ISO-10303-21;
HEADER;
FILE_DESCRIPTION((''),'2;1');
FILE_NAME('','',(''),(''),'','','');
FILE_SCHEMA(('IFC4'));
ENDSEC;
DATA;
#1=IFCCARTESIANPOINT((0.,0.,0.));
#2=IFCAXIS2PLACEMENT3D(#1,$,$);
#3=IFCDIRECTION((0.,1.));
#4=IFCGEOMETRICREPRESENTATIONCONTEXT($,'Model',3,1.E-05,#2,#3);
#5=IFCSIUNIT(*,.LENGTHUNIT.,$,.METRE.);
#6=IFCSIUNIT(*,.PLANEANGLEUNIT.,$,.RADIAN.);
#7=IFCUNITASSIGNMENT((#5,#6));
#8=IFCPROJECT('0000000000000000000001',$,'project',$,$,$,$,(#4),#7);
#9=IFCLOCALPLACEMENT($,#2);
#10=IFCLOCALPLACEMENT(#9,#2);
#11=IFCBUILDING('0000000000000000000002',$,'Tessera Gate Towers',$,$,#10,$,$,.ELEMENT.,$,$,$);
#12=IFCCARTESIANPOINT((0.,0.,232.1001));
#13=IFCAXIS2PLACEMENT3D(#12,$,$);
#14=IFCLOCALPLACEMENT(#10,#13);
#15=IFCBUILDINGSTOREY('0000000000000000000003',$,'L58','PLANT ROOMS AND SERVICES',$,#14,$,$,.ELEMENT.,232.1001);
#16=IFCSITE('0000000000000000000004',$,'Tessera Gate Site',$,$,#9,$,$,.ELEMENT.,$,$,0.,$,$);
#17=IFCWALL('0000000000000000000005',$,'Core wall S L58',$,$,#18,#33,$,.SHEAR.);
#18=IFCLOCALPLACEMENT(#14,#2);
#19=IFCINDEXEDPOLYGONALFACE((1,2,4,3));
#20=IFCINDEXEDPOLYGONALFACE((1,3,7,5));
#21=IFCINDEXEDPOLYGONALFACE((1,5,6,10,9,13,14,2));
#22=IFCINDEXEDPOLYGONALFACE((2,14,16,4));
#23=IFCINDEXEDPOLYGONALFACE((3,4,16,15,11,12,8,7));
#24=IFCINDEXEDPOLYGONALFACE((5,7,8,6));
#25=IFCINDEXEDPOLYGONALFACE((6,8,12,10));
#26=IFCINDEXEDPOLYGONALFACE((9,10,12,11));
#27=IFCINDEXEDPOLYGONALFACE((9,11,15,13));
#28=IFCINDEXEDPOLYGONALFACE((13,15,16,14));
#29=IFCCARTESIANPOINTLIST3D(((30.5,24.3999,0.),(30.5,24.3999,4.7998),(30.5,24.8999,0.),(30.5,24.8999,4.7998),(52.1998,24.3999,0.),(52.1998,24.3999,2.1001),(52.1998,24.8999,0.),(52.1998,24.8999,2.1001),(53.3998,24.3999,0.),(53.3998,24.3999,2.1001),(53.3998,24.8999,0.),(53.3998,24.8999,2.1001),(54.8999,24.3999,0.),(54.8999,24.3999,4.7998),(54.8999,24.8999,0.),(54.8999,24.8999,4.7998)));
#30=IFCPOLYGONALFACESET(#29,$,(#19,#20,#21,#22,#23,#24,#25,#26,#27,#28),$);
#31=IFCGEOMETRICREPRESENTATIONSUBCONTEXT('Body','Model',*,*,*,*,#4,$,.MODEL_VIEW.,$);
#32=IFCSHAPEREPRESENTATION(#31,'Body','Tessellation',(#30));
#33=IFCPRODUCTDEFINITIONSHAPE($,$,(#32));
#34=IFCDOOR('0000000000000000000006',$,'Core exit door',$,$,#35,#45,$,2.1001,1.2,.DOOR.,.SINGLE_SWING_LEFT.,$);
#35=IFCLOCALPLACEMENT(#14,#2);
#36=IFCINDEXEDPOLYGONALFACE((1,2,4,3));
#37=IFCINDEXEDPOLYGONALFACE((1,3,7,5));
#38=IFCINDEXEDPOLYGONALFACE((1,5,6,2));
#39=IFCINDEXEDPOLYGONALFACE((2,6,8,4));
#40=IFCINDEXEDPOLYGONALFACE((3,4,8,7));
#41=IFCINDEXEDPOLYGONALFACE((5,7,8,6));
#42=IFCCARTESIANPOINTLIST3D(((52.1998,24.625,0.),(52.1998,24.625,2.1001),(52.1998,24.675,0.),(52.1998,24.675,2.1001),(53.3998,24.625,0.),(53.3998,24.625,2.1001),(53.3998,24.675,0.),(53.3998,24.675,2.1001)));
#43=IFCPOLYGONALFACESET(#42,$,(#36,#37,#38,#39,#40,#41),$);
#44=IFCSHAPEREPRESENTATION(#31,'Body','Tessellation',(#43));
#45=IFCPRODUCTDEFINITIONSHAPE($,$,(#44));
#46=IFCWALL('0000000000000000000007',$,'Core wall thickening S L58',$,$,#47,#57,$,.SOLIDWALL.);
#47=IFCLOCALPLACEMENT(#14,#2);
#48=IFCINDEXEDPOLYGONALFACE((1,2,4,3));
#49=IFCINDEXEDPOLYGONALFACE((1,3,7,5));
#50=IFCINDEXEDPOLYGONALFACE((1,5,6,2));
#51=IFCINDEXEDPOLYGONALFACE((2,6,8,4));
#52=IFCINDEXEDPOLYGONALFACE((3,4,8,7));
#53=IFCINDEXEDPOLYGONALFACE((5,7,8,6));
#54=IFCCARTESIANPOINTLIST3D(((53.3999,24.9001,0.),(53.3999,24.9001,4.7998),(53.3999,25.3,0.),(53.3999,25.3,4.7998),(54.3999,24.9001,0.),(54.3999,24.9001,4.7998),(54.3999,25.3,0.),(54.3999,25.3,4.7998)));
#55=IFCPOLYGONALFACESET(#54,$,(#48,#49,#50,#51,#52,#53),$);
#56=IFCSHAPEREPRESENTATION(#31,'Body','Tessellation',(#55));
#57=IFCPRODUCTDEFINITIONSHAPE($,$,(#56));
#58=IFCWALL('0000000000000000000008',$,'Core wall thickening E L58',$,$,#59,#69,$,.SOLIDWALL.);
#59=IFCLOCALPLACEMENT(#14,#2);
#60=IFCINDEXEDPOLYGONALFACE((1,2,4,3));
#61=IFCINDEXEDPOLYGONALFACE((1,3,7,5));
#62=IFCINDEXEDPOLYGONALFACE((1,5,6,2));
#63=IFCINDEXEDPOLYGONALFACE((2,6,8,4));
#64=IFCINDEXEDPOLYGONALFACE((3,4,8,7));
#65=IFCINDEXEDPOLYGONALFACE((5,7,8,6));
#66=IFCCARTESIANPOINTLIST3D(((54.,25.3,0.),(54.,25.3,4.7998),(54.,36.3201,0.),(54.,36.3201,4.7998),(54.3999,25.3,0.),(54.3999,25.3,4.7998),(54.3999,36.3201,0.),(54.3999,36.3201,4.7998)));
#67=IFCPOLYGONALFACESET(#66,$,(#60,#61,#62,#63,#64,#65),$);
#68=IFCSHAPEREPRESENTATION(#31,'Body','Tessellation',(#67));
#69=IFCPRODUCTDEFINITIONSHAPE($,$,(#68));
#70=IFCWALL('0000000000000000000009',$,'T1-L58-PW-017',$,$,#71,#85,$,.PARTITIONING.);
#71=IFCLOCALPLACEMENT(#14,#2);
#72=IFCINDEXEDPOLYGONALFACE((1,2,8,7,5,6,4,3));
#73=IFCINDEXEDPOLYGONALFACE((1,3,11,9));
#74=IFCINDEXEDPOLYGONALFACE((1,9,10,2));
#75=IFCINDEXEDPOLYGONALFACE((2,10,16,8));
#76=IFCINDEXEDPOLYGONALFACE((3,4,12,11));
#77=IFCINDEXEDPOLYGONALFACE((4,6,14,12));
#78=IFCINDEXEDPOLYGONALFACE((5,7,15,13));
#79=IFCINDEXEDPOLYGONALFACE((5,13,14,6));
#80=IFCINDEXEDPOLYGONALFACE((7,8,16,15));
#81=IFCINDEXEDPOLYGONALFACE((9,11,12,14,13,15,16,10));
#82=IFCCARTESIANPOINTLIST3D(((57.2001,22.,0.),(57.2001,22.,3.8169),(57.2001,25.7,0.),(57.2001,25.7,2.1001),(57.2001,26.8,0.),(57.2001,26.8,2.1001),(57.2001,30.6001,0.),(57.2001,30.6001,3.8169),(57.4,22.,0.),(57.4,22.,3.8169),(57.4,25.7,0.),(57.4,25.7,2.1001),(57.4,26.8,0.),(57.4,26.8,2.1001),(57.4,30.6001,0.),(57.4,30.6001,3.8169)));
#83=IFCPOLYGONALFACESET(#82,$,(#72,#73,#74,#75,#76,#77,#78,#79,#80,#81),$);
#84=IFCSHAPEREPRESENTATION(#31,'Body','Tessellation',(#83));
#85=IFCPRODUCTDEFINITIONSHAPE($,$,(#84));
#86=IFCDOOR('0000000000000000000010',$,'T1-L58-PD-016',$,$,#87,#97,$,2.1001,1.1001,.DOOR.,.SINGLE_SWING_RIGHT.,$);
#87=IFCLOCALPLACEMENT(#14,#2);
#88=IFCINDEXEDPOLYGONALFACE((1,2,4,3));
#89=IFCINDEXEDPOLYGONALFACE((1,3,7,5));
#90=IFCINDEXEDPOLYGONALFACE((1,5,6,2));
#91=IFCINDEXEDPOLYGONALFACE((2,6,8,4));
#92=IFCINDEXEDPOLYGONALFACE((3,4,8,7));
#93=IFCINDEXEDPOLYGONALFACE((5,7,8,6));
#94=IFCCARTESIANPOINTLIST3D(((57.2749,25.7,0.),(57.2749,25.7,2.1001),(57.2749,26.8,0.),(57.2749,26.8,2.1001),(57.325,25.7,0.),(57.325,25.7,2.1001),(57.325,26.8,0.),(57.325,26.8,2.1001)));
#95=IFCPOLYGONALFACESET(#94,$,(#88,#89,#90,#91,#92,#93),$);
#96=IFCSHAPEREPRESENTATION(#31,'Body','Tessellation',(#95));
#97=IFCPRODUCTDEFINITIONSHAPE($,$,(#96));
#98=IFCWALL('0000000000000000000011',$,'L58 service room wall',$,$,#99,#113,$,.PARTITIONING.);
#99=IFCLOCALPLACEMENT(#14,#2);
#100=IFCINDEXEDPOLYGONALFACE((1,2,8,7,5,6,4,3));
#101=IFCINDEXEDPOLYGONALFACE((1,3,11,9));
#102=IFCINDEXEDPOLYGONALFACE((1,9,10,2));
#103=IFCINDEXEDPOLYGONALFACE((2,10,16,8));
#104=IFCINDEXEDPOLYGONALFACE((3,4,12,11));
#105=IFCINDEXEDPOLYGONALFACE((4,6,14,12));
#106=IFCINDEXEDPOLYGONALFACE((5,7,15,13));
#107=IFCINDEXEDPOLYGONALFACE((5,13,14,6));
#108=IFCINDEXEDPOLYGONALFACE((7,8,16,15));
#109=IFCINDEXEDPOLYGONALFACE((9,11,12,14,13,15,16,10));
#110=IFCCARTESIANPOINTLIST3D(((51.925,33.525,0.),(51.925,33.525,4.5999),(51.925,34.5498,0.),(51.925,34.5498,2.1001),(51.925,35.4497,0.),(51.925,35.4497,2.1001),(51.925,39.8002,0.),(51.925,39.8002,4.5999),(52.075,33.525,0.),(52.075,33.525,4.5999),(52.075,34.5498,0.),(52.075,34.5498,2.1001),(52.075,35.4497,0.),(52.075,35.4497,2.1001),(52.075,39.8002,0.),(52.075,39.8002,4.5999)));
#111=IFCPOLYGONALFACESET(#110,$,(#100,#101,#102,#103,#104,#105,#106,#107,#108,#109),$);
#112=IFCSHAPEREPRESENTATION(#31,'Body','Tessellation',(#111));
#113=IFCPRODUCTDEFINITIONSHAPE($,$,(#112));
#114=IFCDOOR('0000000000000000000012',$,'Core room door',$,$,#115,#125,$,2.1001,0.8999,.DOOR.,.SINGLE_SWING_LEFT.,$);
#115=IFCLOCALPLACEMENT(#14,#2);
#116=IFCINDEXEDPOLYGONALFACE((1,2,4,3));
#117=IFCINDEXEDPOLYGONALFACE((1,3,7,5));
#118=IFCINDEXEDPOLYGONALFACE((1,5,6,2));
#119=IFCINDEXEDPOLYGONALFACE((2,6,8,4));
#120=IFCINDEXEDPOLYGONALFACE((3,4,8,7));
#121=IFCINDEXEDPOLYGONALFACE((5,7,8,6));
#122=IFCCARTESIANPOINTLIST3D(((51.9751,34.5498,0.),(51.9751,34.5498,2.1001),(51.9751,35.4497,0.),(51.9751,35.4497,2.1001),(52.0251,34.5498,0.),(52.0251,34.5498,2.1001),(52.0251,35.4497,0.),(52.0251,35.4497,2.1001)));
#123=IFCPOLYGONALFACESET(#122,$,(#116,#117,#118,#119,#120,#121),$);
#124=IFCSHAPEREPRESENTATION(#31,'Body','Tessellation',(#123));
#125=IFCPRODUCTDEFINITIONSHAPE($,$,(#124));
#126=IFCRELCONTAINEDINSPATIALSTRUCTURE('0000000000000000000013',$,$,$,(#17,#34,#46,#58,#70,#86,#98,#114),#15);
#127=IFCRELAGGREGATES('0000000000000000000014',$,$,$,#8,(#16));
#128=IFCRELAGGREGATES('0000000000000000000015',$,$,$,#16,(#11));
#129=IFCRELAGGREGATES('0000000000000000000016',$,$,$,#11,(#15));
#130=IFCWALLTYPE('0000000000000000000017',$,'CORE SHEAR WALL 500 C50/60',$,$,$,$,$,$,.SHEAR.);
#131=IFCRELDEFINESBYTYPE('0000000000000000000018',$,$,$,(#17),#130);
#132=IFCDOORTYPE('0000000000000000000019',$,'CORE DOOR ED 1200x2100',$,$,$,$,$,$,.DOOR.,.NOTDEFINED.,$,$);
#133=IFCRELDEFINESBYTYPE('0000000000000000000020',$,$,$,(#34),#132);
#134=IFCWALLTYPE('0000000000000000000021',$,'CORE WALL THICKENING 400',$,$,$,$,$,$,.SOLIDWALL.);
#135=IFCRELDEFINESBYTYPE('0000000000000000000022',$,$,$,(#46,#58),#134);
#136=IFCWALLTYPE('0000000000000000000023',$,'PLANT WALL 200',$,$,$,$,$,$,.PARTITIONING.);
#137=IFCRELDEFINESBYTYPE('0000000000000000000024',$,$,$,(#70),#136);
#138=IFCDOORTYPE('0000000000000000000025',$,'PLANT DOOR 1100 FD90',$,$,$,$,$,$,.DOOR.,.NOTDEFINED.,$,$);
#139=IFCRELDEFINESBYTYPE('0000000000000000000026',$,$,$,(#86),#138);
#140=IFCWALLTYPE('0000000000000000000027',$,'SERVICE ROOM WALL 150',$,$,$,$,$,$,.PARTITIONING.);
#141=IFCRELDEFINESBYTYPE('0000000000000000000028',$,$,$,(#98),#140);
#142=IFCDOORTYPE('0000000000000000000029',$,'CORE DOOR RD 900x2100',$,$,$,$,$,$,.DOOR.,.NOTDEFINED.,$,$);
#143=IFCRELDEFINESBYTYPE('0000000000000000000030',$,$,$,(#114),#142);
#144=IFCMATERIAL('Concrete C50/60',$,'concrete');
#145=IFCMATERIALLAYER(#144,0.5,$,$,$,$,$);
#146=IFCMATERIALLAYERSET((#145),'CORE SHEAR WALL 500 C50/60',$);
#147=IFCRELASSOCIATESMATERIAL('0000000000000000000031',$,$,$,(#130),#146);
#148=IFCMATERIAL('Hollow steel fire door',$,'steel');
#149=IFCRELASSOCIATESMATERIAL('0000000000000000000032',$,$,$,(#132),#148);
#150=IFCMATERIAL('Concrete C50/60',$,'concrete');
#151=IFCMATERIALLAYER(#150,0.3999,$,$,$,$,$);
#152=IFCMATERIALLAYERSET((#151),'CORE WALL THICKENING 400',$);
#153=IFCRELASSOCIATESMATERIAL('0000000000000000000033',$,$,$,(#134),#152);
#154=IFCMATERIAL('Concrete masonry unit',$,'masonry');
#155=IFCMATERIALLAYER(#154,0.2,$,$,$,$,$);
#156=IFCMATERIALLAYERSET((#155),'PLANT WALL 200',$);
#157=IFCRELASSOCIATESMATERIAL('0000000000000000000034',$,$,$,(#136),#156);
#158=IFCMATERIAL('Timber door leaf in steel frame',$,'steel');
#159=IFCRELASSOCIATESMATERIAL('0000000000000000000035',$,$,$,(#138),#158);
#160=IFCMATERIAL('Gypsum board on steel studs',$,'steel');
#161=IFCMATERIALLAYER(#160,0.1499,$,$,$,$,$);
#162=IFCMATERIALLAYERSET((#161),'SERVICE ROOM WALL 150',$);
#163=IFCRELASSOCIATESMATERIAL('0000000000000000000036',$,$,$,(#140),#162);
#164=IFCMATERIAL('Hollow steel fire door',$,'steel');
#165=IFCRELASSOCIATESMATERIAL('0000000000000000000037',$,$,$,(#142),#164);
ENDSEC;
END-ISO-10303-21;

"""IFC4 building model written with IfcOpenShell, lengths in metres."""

from ifc_helpers import new_model, si_unit, direction, frame, frame_2d, origin, place, context, subcontext, project, spatial, rectangle, extrude, source, transform, mapped, material, layer, layer_set, type_object, element, fill, save


model = new_model("IFC4")

# Units and contexts
model_context = context("Model", 3, precision=1e-05, world=origin(), true_north=direction((0.0, 1.0)))
body_context = subcontext(model_context, "Body", "Model", "MODEL_VIEW")
ifc_project = project(units=[si_unit("LENGTHUNIT", "METRE"), si_unit("PLANEANGLEUNIT", "RADIAN")], contexts=[model_context])

# Site, building, storey
site_placement = place(None, origin())
site = spatial("IfcSite", under=ifc_project, at=site_placement, Name="Tessera Gate Site", CompositionType="ELEMENT", RefElevation=0.0)
building_placement = place(site_placement, origin())
building = spatial("IfcBuilding", under=site, at=building_placement, Name="Tessera Gate Towers", CompositionType="ELEMENT")
storey_placement = place(building_placement, frame((0.0, 0.0, 232.1001)))
storey = spatial("IfcBuildingStorey", under=building, at=storey_placement, Name="L58", Description="PLANT ROOMS AND SERVICES", CompositionType="ELEMENT", Elevation=232.1001)

# Shared definitions
shared_shape_1 = source(origin(), body_context, "Body", "SweptSolid", [
    extrude(rectangle(XDim=1.2, YDim=2.1001, at=frame_2d((0.6001, 1.05))), frame((0.0, 0.0249, 0.0), z_axis=(0.0, -1.0, 0.0), x_axis=(1.0, 0.0, 0.0)), (0.0, 0.0, 1.0), 0.05),
])

# Wall, opening, door
ifc_material_1 = material(Name="Concrete C50/60", Category="concrete")
ifc_layer_1 = layer(ifc_material_1, 0.5)
ifc_layer_set_1 = layer_set([ifc_layer_1], Name="CORE SHEAR WALL 500 C50/60")
wall_type_1 = type_object("IfcWallType", Name="CORE SHEAR WALL 500 C50/60", PredefinedType="SHEAR", material=ifc_layer_set_1)
wall_1_placement = place(storey_placement, frame((54.8999, 24.6499, 0.0), z_axis=(0.0, 0.0, 1.0), x_axis=(-1.0, 0.0, 0.0)))
wall_1 = element("IfcWall", 1, at=wall_1_placement, inside=storey, type_object=wall_type_1, Name="Core wall S L58", PredefinedType="SHEAR", context=body_context, shape_type="SweptSolid", body=[
    extrude(rectangle(XDim=24.3999, YDim=0.5, at=frame_2d((12.2, 0.0))), origin(), (0.0, 0.0, 1.0), 4.7998),
])
shared_shape_2 = source(origin(), body_context, "Body", "SweptSolid", [
    extrude(rectangle(XDim=1.2, YDim=2.1001, at=frame_2d((0.6001, 1.05))), frame((0.0, 0.26, 0.0), z_axis=(0.0, -1.0, 0.0), x_axis=(1.0, 0.0, 0.0)), (0.0, 0.0, 1.0), 0.52),
])
opening_1_placement = place(wall_1_placement, frame((1.5, 0.0, 0.0)))
opening_1 = element("IfcOpeningElement", 2, at=opening_1_placement, cuts=wall_1, PredefinedType="OPENING", context=body_context, shape_type="MappedRepresentation", body=[
    mapped(shared_shape_2, transform((0.0, 0.0, 0.0), scale=1.0)),
])
ifc_material_2 = material(Name="Hollow steel fire door", Category="steel")
door_type_1 = type_object("IfcDoorType", Name="CORE DOOR ED 1200x2100", OperationType="NOTDEFINED", PredefinedType="DOOR", material=ifc_material_2)
door_1_placement = place(opening_1_placement, origin())
door_1 = element("IfcDoor", 3, at=door_1_placement, inside=storey, type_object=door_type_1, Name="Core exit door", OperationType="SINGLE_SWING_LEFT", OverallHeight=2.1001, OverallWidth=1.2, PredefinedType="DOOR", context=body_context, shape_type="MappedRepresentation", body=[
    mapped(shared_shape_1, transform((0.0, 0.0, 0.0), scale=1.0)),
])
fill(opening_1, door_1)

# Walls
ifc_material_3 = material(Name="Concrete C50/60", Category="concrete")
ifc_layer_2 = layer(ifc_material_3, 0.3999)
ifc_layer_set_2 = layer_set([ifc_layer_2], Name="CORE WALL THICKENING 400")
wall_type_2 = type_object("IfcWallType", Name="CORE WALL THICKENING 400", PredefinedType="SOLIDWALL", material=ifc_layer_set_2)
wall_2_placement = place(storey_placement, frame((53.3999, 25.1001, 0.0), z_axis=(0.0, 0.0, 1.0), x_axis=(1.0, 0.0, 0.0)))
element("IfcWall", 4, at=wall_2_placement, inside=storey, type_object=wall_type_2, Name="Core wall thickening S L58", PredefinedType="SOLIDWALL", context=body_context, shape_type="SweptSolid", body=[
    extrude(rectangle(XDim=1.0, YDim=0.3999, at=frame_2d((0.5, 0.0))), origin(), (0.0, 0.0, 1.0), 4.7998),
])
wall_3_placement = place(storey_placement, frame((54.2, 25.3, 0.0), z_axis=(0.0, 0.0, 1.0), x_axis=(0.0, 1.0, 0.0)))
element("IfcWall", 5, at=wall_3_placement, inside=storey, type_object=wall_type_2, Name="Core wall thickening E L58", PredefinedType="SOLIDWALL", context=body_context, shape_type="SweptSolid", body=[
    extrude(rectangle(XDim=11.02, YDim=0.3999, at=frame_2d((5.51, 0.0))), origin(), (0.0, 0.0, 1.0), 4.7998),
])

# Walls, openings, doors
ifc_material_4 = material(Name="Concrete masonry unit", Category="masonry")
ifc_layer_3 = layer(ifc_material_4, 0.2)
ifc_layer_set_3 = layer_set([ifc_layer_3], Name="PLANT WALL 200")
wall_type_3 = type_object("IfcWallType", Name="PLANT WALL 200", PredefinedType="PARTITIONING", material=ifc_layer_set_3)
wall_4_placement = place(storey_placement, frame((57.3, 30.6001, 0.0), z_axis=(0.0, 0.0, 1.0), x_axis=(0.0, -1.0, 0.0)))
wall_4 = element("IfcWall", 6, at=wall_4_placement, inside=storey, type_object=wall_type_3, Name="T1-L58-PW-017", PredefinedType="PARTITIONING", context=body_context, shape_type="SweptSolid", body=[
    extrude(rectangle(XDim=8.6001, YDim=0.2, at=frame_2d((4.3, 0.0))), origin(), (0.0, 0.0, 1.0), 3.8169),
])
shared_shape_3 = source(origin(), body_context, "Body", "SweptSolid", [
    extrude(rectangle(XDim=1.1001, YDim=2.1001, at=frame_2d((0.55, 1.05))), frame((0.0, 0.1099, 0.0), z_axis=(0.0, -1.0, 0.0), x_axis=(1.0, 0.0, 0.0)), (0.0, 0.0, 1.0), 0.22),
])
opening_2_placement = place(wall_4_placement, frame((3.8, 0.0, 0.0)))
opening_2 = element("IfcOpeningElement", 7, at=opening_2_placement, cuts=wall_4, PredefinedType="OPENING", context=body_context, shape_type="MappedRepresentation", body=[
    mapped(shared_shape_3, transform((0.0, 0.0, 0.0), scale=1.0)),
])
ifc_material_5 = material(Name="Timber door leaf in steel frame", Category="steel")
door_type_2 = type_object("IfcDoorType", Name="PLANT DOOR 1100 FD90", OperationType="NOTDEFINED", PredefinedType="DOOR", material=ifc_material_5)
shared_shape_4 = source(origin(), body_context, "Body", "SweptSolid", [
    extrude(rectangle(XDim=1.1001, YDim=2.1001, at=frame_2d((0.55, 1.05))), frame((0.0, 0.0249, 0.0), z_axis=(0.0, -1.0, 0.0), x_axis=(1.0, 0.0, 0.0)), (0.0, 0.0, 1.0), 0.05),
])
door_2_placement = place(opening_2_placement, origin())
door_2 = element("IfcDoor", 8, at=door_2_placement, inside=storey, type_object=door_type_2, Name="T1-L58-PD-016", OperationType="SINGLE_SWING_RIGHT", OverallHeight=2.1001, OverallWidth=1.1001, PredefinedType="DOOR", context=body_context, shape_type="MappedRepresentation", body=[
    mapped(shared_shape_4, transform((0.0, 0.0, 0.0), scale=1.0)),
])
fill(opening_2, door_2)
ifc_material_6 = material(Name="Gypsum board on steel studs", Category="steel")
ifc_layer_4 = layer(ifc_material_6, 0.1499)
ifc_layer_set_4 = layer_set([ifc_layer_4], Name="SERVICE ROOM WALL 150")
wall_type_4 = type_object("IfcWallType", Name="SERVICE ROOM WALL 150", PredefinedType="PARTITIONING", material=ifc_layer_set_4)
wall_5_placement = place(storey_placement, frame((52.0, 33.5249, 0.0), z_axis=(0.0, 0.0, 1.0), x_axis=(0.0, 1.0, 0.0)))
wall_5 = element("IfcWall", 9, at=wall_5_placement, inside=storey, type_object=wall_type_4, Name="L58 service room wall", PredefinedType="PARTITIONING", context=body_context, shape_type="SweptSolid", body=[
    extrude(rectangle(XDim=6.2751, YDim=0.1499, at=frame_2d((3.1377, 0.0))), origin(), (0.0, 0.0, 1.0), 4.5999),
])
shared_shape_5 = source(origin(), body_context, "Body", "SweptSolid", [
    extrude(rectangle(XDim=0.8999, YDim=2.1001, at=frame_2d((0.45, 1.05))), frame((0.0, 0.085, 0.0), z_axis=(0.0, -1.0, 0.0), x_axis=(1.0, 0.0, 0.0)), (0.0, 0.0, 1.0), 0.1699),
])
opening_3_placement = place(wall_5_placement, frame((1.0249, 0.0, 0.0)))
opening_3 = element("IfcOpeningElement", 10, at=opening_3_placement, cuts=wall_5, PredefinedType="OPENING", context=body_context, shape_type="MappedRepresentation", body=[
    mapped(shared_shape_5, transform((0.0, 0.0, 0.0), scale=1.0)),
])
ifc_material_7 = material(Name="Hollow steel fire door", Category="steel")
door_type_3 = type_object("IfcDoorType", Name="CORE DOOR RD 900x2100", OperationType="NOTDEFINED", PredefinedType="DOOR", material=ifc_material_7)
shared_shape_6 = source(origin(), body_context, "Body", "SweptSolid", [
    extrude(rectangle(XDim=0.8999, YDim=2.1001, at=frame_2d((0.45, 1.05))), frame((0.0, 0.0249, 0.0), z_axis=(0.0, -1.0, 0.0), x_axis=(1.0, 0.0, 0.0)), (0.0, 0.0, 1.0), 0.05),
])
door_3_placement = place(opening_3_placement, origin())
door_3 = element("IfcDoor", 11, at=door_3_placement, inside=storey, type_object=door_type_3, Name="Core room door", OperationType="SINGLE_SWING_LEFT", OverallHeight=2.1001, OverallWidth=0.8999, PredefinedType="DOOR", context=body_context, shape_type="MappedRepresentation", body=[
    mapped(shared_shape_6, transform((0.0, 0.0, 0.0), scale=1.0)),
])
fill(opening_3, door_3)

save(model, "model.ifc")
